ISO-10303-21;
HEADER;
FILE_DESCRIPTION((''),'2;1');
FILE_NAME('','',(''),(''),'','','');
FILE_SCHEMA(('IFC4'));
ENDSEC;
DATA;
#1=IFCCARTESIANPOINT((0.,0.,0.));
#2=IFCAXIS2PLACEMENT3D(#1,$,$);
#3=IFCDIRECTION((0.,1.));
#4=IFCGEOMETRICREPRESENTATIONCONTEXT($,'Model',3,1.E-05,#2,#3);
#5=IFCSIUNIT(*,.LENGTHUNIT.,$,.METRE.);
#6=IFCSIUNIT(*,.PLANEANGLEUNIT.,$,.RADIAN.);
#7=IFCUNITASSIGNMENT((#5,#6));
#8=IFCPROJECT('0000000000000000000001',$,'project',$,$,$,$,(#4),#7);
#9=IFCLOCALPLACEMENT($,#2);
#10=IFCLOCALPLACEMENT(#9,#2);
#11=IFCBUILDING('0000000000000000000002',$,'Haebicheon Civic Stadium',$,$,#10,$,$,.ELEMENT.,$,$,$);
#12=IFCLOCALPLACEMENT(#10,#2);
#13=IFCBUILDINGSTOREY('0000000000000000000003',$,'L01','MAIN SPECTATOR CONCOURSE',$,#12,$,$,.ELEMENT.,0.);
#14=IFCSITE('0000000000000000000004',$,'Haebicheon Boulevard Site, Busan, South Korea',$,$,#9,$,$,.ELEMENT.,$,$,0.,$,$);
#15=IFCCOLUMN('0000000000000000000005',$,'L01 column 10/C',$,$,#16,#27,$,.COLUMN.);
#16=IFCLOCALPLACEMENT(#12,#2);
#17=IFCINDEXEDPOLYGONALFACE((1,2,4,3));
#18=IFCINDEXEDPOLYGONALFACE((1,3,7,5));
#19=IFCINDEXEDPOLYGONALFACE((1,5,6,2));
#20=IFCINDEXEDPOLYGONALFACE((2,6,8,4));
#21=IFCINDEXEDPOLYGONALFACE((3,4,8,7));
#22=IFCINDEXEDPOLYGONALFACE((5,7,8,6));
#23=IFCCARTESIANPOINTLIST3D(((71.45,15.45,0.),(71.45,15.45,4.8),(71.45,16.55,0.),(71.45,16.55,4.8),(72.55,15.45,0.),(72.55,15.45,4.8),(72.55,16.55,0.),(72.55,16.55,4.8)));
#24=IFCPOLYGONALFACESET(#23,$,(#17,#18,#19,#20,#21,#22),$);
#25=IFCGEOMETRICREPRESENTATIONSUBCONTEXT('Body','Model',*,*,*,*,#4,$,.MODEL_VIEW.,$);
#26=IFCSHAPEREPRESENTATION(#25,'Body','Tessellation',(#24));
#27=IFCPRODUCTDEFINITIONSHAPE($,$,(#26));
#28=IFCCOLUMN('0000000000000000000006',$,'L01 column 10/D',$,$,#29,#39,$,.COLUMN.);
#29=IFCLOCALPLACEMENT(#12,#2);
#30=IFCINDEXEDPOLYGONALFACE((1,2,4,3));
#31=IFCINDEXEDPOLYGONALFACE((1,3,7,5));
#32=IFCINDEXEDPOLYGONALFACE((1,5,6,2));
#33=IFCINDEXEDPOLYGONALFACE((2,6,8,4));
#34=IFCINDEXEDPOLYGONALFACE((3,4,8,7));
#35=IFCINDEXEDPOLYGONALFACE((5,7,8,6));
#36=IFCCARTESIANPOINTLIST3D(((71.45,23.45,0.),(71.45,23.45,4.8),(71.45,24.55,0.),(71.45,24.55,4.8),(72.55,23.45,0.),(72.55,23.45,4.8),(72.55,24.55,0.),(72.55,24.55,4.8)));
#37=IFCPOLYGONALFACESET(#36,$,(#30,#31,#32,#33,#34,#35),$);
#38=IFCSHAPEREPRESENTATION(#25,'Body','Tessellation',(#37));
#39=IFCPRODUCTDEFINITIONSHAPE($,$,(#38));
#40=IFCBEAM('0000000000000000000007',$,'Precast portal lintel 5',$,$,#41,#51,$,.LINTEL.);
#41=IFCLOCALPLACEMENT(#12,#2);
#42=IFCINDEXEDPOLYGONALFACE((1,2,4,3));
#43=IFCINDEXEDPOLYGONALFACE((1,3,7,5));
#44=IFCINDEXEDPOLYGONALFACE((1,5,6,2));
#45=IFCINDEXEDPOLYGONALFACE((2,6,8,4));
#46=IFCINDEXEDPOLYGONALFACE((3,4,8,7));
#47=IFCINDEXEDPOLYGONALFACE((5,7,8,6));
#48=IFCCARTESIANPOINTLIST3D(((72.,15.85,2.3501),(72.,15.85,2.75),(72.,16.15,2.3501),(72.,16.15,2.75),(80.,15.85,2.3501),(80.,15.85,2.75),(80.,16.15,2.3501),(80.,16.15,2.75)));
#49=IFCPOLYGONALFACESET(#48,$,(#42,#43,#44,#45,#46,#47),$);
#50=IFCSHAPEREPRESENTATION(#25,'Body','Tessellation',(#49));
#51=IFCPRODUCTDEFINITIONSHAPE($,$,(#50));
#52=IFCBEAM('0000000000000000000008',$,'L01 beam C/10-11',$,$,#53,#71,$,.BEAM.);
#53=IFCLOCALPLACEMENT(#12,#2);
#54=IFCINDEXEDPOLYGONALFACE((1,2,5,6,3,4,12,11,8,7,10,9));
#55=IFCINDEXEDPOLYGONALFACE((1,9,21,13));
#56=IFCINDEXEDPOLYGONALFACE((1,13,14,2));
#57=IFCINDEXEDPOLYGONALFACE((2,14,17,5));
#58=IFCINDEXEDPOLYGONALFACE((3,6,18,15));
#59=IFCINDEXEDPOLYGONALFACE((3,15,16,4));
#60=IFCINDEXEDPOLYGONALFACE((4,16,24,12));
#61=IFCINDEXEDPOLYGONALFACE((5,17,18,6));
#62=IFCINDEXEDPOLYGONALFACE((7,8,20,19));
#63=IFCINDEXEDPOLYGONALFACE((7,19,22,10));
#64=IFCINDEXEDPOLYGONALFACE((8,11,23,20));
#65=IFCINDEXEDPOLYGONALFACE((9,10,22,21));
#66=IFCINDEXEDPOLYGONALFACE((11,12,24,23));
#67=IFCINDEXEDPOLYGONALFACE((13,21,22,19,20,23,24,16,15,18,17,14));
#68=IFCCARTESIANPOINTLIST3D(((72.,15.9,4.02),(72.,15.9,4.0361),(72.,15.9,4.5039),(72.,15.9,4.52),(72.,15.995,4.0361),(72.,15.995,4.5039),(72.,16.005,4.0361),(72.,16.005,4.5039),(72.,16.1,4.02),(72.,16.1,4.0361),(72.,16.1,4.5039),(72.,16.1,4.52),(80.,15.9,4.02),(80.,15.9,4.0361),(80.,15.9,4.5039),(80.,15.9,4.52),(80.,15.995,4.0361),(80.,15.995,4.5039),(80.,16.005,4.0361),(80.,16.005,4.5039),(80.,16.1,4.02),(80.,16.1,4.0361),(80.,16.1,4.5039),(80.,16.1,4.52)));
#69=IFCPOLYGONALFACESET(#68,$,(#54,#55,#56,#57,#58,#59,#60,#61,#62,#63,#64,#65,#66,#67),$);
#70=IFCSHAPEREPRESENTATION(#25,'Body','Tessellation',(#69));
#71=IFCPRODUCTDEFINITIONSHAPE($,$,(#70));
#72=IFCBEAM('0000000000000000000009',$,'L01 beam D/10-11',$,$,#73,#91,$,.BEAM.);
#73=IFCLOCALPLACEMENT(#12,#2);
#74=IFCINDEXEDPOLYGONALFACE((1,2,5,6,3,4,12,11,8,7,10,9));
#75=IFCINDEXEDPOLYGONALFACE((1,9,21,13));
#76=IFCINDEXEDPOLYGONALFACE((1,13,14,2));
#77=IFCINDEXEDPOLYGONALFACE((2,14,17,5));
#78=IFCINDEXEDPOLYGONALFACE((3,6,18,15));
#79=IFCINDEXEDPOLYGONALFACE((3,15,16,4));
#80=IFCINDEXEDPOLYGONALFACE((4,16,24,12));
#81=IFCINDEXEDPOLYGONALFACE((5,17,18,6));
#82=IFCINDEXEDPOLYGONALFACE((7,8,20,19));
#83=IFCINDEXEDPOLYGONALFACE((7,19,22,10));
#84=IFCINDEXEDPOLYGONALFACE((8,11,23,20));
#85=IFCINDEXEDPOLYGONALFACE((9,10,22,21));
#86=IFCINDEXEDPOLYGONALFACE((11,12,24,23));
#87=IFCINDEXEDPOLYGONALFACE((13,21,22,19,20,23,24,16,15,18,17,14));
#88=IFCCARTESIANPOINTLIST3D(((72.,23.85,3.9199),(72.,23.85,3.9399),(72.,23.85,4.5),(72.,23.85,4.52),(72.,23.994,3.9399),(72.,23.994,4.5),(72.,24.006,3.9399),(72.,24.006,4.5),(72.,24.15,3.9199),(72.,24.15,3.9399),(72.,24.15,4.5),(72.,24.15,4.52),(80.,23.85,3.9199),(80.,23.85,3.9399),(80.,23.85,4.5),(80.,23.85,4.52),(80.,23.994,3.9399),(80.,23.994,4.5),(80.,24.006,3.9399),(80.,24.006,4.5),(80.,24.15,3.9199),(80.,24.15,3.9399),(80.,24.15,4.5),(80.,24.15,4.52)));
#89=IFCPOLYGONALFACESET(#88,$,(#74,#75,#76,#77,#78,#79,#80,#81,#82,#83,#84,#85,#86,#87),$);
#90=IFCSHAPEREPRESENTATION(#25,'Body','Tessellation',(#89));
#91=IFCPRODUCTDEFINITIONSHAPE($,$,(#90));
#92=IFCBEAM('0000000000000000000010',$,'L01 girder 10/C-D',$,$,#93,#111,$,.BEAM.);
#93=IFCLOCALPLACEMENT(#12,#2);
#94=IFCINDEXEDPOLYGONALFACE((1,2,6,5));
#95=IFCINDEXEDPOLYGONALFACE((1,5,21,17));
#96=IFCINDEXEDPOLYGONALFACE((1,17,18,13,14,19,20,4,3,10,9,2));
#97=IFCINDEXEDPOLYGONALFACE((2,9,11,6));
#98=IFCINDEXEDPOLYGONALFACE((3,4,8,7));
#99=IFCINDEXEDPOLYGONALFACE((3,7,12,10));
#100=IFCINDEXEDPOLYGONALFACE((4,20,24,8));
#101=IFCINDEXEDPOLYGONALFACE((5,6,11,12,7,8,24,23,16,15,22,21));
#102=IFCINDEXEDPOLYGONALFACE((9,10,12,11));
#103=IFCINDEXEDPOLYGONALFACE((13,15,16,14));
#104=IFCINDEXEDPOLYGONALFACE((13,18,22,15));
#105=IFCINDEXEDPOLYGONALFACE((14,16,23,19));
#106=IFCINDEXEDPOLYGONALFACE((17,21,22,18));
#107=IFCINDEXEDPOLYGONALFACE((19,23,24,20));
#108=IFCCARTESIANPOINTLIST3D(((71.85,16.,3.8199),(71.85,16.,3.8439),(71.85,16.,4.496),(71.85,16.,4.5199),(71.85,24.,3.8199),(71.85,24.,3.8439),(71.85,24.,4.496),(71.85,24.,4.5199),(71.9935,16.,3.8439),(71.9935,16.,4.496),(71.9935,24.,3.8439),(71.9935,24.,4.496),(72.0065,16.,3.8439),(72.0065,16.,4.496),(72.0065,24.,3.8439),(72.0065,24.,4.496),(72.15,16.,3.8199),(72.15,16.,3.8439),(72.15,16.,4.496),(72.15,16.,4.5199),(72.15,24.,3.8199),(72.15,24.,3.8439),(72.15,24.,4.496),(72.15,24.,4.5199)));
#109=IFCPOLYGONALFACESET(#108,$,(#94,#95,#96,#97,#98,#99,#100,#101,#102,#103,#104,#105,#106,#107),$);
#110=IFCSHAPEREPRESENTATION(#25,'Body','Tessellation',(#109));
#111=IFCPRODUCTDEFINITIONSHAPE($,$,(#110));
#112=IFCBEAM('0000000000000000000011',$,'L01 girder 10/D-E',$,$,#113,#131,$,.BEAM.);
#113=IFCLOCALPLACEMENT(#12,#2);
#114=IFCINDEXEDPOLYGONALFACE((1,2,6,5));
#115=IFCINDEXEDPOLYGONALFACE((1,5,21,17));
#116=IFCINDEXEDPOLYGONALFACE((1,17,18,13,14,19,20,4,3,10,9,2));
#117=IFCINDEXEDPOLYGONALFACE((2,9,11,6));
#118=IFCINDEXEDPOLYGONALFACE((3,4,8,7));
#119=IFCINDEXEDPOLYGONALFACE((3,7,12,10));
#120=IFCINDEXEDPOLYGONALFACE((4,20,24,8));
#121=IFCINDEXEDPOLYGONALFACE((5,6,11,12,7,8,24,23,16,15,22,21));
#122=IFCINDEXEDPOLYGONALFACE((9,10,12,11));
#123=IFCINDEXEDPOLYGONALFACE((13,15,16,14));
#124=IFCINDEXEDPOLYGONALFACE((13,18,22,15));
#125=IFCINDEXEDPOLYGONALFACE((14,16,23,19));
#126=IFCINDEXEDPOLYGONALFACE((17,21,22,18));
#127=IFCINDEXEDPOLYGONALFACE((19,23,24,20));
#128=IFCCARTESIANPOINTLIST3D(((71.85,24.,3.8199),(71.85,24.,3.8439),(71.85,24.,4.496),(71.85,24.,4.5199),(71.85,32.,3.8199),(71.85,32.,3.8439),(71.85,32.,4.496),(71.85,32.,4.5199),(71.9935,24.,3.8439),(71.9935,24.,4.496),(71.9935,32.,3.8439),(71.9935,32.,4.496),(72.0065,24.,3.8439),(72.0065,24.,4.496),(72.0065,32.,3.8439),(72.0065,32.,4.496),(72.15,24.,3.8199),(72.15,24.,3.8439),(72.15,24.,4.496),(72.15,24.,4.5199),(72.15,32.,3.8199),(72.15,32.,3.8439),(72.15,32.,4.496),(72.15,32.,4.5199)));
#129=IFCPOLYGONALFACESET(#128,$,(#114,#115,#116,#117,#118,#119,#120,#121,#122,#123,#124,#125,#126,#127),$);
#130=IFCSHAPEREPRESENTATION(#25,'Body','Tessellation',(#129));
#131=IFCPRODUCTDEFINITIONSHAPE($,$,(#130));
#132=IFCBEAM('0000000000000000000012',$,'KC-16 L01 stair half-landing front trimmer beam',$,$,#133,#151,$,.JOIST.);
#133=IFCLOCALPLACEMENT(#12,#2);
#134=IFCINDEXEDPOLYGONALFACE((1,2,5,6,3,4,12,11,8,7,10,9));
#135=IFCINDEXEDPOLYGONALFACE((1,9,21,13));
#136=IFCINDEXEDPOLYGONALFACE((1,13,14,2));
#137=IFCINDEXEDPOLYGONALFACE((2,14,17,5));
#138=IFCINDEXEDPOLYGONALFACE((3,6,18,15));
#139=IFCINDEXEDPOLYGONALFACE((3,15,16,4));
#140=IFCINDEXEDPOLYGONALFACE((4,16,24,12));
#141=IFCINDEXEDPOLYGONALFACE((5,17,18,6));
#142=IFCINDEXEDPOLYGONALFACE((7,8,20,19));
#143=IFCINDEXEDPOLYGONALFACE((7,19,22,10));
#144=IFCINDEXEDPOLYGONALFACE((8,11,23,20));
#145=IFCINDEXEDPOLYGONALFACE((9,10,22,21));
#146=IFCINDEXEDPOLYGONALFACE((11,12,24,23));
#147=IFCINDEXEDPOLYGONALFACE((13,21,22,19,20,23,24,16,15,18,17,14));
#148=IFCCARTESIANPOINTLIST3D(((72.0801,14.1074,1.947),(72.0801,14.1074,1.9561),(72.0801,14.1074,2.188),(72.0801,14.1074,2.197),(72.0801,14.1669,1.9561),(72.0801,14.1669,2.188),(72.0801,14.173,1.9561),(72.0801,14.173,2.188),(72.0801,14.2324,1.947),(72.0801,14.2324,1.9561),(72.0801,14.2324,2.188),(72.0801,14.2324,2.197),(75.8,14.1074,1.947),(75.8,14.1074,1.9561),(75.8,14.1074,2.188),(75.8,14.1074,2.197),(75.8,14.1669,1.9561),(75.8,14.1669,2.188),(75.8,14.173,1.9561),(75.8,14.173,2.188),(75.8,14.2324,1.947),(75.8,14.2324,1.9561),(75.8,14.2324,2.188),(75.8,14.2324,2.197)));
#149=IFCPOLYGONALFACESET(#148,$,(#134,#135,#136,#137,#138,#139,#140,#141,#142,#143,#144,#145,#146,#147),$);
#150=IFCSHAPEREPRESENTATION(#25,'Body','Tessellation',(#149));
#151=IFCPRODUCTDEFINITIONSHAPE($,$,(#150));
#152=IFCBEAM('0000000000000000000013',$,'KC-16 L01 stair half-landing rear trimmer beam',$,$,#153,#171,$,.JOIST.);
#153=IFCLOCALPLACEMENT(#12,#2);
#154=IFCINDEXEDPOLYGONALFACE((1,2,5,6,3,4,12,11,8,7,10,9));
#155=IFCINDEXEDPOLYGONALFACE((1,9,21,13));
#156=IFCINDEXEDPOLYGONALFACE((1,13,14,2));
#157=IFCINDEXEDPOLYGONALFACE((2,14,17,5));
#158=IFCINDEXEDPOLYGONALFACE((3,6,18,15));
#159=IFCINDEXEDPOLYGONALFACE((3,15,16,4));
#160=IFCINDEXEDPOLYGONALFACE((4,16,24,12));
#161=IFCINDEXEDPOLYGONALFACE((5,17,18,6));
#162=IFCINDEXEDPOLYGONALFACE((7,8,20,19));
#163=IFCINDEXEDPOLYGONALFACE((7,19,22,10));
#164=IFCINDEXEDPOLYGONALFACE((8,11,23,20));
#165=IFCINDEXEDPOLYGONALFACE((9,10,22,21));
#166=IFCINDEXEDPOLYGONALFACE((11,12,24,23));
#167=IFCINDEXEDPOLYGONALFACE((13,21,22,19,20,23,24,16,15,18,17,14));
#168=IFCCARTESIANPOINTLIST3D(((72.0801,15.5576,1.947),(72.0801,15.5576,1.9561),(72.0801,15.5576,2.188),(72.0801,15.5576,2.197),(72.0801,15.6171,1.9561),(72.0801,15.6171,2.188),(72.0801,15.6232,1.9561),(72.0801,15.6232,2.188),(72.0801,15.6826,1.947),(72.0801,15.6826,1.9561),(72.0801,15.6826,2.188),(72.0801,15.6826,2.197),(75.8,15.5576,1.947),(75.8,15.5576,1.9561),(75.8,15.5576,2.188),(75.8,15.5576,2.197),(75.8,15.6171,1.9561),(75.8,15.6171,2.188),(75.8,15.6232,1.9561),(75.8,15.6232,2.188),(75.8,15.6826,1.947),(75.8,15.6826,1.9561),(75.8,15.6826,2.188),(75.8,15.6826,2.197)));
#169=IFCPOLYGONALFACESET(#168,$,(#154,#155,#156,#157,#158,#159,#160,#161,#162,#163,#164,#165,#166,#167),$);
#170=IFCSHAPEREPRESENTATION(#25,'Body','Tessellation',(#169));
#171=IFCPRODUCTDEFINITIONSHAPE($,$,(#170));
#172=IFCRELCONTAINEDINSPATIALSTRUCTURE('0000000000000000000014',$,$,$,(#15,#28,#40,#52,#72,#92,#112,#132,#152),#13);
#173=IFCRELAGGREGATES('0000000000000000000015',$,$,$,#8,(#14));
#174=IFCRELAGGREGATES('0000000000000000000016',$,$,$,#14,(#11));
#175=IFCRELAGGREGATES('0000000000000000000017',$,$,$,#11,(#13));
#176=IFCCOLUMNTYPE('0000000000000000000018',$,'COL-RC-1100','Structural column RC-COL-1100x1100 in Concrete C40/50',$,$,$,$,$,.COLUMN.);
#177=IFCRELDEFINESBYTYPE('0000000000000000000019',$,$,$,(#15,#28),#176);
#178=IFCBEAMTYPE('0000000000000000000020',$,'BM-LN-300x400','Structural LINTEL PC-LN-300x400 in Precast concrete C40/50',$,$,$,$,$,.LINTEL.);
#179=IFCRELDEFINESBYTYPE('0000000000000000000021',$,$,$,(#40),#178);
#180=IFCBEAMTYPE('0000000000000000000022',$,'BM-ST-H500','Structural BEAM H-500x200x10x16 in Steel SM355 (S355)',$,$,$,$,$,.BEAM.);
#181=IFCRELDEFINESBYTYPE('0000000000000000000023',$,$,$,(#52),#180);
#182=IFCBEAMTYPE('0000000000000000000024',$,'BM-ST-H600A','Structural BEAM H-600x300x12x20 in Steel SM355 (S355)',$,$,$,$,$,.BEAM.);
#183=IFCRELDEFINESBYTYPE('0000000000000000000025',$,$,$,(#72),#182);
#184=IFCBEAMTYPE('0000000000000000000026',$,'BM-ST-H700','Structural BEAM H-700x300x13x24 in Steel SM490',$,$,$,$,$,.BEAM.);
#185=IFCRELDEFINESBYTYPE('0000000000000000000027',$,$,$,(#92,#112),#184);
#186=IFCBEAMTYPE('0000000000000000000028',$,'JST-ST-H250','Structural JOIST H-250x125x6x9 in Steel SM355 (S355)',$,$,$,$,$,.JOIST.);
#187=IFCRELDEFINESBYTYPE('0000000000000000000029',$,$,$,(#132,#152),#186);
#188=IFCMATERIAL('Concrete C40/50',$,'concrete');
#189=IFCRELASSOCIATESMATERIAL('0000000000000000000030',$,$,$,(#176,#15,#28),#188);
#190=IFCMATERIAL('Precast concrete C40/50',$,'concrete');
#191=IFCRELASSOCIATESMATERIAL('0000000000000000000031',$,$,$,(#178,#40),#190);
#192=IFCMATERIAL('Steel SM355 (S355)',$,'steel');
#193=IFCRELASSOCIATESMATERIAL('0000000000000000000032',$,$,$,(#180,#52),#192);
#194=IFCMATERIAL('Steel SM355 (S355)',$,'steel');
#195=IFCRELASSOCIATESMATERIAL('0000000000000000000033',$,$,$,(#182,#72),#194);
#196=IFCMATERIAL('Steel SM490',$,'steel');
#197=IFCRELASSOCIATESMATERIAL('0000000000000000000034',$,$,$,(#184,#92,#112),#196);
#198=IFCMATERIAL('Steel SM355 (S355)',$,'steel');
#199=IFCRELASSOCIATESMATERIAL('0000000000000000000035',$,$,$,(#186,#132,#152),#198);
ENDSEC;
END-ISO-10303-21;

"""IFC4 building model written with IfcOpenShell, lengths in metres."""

from ifc_helpers import new_model, si_unit, direction, frame, origin, origin_2d, place, context, subcontext, project, spatial, rectangle, i_section, extrude, material, material_profile, profile_set, type_object, element, save


model = new_model("IFC4")

# Units and contexts
model_context = context("Model", 3, precision=1e-05, world=origin(), true_north=direction((0.0, 1.0)))
body_context = subcontext(model_context, "Body", "Model", "MODEL_VIEW")
ifc_project = project(units=[si_unit("LENGTHUNIT", "METRE"), si_unit("PLANEANGLEUNIT", "RADIAN")], contexts=[model_context])

# Site, building, storey
site_placement = place(None, origin())
site = spatial("IfcSite", under=ifc_project, at=site_placement, Name="Haebicheon Boulevard Site, Busan, South Korea", CompositionType="ELEMENT", RefElevation=0.0)
building_placement = place(site_placement, origin())
building = spatial("IfcBuilding", under=site, at=building_placement, Name="Haebicheon Civic Stadium", CompositionType="ELEMENT")
storey_placement = place(building_placement, origin())
storey = spatial("IfcBuildingStorey", under=building, at=storey_placement, Name="L01", Description="MAIN SPECTATOR CONCOURSE", CompositionType="ELEMENT", Elevation=0.0)

# Columns
ifc_material_1 = material(Name="Concrete C40/50", Category="concrete")
ifc_material_profile_1 = material_profile(ifc_material_1, rectangle(XDim=1.1001, YDim=1.1001, at=origin_2d()), Name="RC-COL-1100x1100")
ifc_profile_set_1 = profile_set([ifc_material_profile_1], Name="Concrete C40/50")
column_type = type_object("IfcColumnType", Name="COL-RC-1100", Description="Structural column RC-COL-1100x1100 in Concrete C40/50", PredefinedType="COLUMN", material=ifc_profile_set_1)
for number, where, z_axis, x_axis, name in (
    (1, (72.0, 16.0, 0.0), (0.0, 0.0, 1.0), (1.0, 0.0, 0.0), "L01 column 10/C"),
    (2, (72.0, 24.0, 0.0), (0.0, 0.0, 1.0), (1.0, 0.0, 0.0), "L01 column 10/D"),
):
    element("IfcColumn", number, at=place(storey_placement, frame(where, z_axis=z_axis, x_axis=x_axis)), inside=storey, type_object=column_type, material=ifc_profile_set_1, Name=name, PredefinedType="COLUMN", context=body_context, shape_type="SweptSolid", body=[
        extrude(rectangle(XDim=1.1001, YDim=1.1001, at=origin_2d()), origin(), (0.0, 0.0, 1.0), 4.8),
    ])

# Beams
ifc_material_2 = material(Name="Precast concrete C40/50", Category="concrete")
ifc_material_profile_2 = material_profile(ifc_material_2, rectangle(XDim=0.3, YDim=0.3999, at=origin_2d()), Name="PC-LN-300x400")
ifc_profile_set_2 = profile_set([ifc_material_profile_2], Name="Precast concrete C40/50")
beam_type_1 = type_object("IfcBeamType", Name="BM-LN-300x400", Description="Structural LINTEL PC-LN-300x400 in Precast concrete C40/50", PredefinedType="LINTEL", material=ifc_profile_set_2)
beam_1_placement = place(storey_placement, frame((72.0, 16.0, 2.55), z_axis=(1.0, 0.0, 0.0), x_axis=(0.0, 1.0, 0.0)))
element("IfcBeam", 3, at=beam_1_placement, inside=storey, type_object=beam_type_1, material=ifc_profile_set_2, Name="Precast portal lintel 5", PredefinedType="LINTEL", context=body_context, shape_type="SweptSolid", body=[
    extrude(rectangle(XDim=0.3, YDim=0.3999, at=origin_2d()), origin(), (0.0, 0.0, 1.0), 8.0),
])
ifc_material_3 = material(Name="Steel SM355 (S355)", Category="steel")
ifc_material_profile_3 = material_profile(ifc_material_3, i_section(OverallWidth=0.2, OverallDepth=0.5, WebThickness=0.01, FlangeThickness=0.0161, at=origin_2d()), Name="H-500x200x10x16")
ifc_profile_set_3 = profile_set([ifc_material_profile_3], Name="Steel SM355 (S355)")
beam_type_2 = type_object("IfcBeamType", Name="BM-ST-H500", Description="Structural BEAM H-500x200x10x16 in Steel SM355 (S355)", PredefinedType="BEAM", material=ifc_profile_set_3)
beam_2_placement = place(storey_placement, frame((72.0, 16.0, 4.27), z_axis=(1.0, 0.0, 0.0), x_axis=(0.0, 1.0, 0.0)))
element("IfcBeam", 4, at=beam_2_placement, inside=storey, type_object=beam_type_2, material=ifc_profile_set_3, Name="L01 beam C/10-11", PredefinedType="BEAM", context=body_context, shape_type="SweptSolid", body=[
    extrude(i_section(OverallWidth=0.2, OverallDepth=0.5, WebThickness=0.01, FlangeThickness=0.0161, at=origin_2d()), origin(), (0.0, 0.0, 1.0), 8.0),
])
ifc_material_4 = material(Name="Steel SM355 (S355)", Category="steel")
ifc_material_profile_4 = material_profile(ifc_material_4, i_section(OverallWidth=0.3, OverallDepth=0.6001, WebThickness=0.012, FlangeThickness=0.02, at=origin_2d()), Name="H-600x300x12x20")
ifc_profile_set_4 = profile_set([ifc_material_profile_4], Name="Steel SM355 (S355)")
beam_type_3 = type_object("IfcBeamType", Name="BM-ST-H600A", Description="Structural BEAM H-600x300x12x20 in Steel SM355 (S355)", PredefinedType="BEAM", material=ifc_profile_set_4)
beam_3_placement = place(storey_placement, frame((72.0, 24.0, 4.22), z_axis=(1.0, 0.0, 0.0), x_axis=(0.0, 1.0, 0.0)))
element("IfcBeam", 5, at=beam_3_placement, inside=storey, type_object=beam_type_3, material=ifc_profile_set_4, Name="L01 beam D/10-11", PredefinedType="BEAM", context=body_context, shape_type="SweptSolid", body=[
    extrude(i_section(OverallWidth=0.3, OverallDepth=0.6001, WebThickness=0.012, FlangeThickness=0.02, at=origin_2d()), origin(), (0.0, 0.0, 1.0), 8.0),
])
ifc_material_5 = material(Name="Steel SM490", Category="steel")
ifc_material_profile_5 = material_profile(ifc_material_5, i_section(OverallWidth=0.3, OverallDepth=0.7, WebThickness=0.0129, FlangeThickness=0.0239, at=origin_2d()), Name="H-700x300x13x24")
ifc_profile_set_5 = profile_set([ifc_material_profile_5], Name="Steel SM490")
beam_type_4 = type_object("IfcBeamType", Name="BM-ST-H700", Description="Structural BEAM H-700x300x13x24 in Steel SM490", PredefinedType="BEAM", material=ifc_profile_set_5)
for number, where, z_axis, x_axis, name in (
    (6, (72.0, 16.0, 4.1699), (0.0, 1.0, 0.0), (-1.0, 0.0, 0.0), "L01 girder 10/C-D"),
    (7, (72.0, 24.0, 4.1699), (0.0, 1.0, 0.0), (-1.0, 0.0, 0.0), "L01 girder 10/D-E"),
):
    element("IfcBeam", number, at=place(storey_placement, frame(where, z_axis=z_axis, x_axis=x_axis)), inside=storey, type_object=beam_type_4, material=ifc_profile_set_5, Name=name, PredefinedType="BEAM", context=body_context, shape_type="SweptSolid", body=[
        extrude(i_section(OverallWidth=0.3, OverallDepth=0.7, WebThickness=0.0129, FlangeThickness=0.0239, at=origin_2d()), origin(), (0.0, 0.0, 1.0), 8.0),
    ])
ifc_material_6 = material(Name="Steel SM355 (S355)", Category="steel")
ifc_material_profile_6 = material_profile(ifc_material_6, i_section(OverallWidth=0.125, OverallDepth=0.25, WebThickness=0.0061, FlangeThickness=0.009, at=origin_2d()), Name="H-250x125x6x9")
ifc_profile_set_6 = profile_set([ifc_material_profile_6], Name="Steel SM355 (S355)")
beam_type_5 = type_object("IfcBeamType", Name="JST-ST-H250", Description="Structural JOIST H-250x125x6x9 in Steel SM355 (S355)", PredefinedType="JOIST", material=ifc_profile_set_6)
for number, where, z_axis, x_axis, name in (
    (8, (72.0801, 14.1699, 2.072), (1.0, 0.0, 0.0), (0.0, 1.0, 0.0), "KC-16 L01 stair half-landing front trimmer beam"),
    (9, (72.0801, 15.6201, 2.072), (1.0, 0.0, 0.0), (0.0, 1.0, 0.0), "KC-16 L01 stair half-landing rear trimmer beam"),
):
    element("IfcBeam", number, at=place(storey_placement, frame(where, z_axis=z_axis, x_axis=x_axis)), inside=storey, type_object=beam_type_5, material=ifc_profile_set_6, Name=name, PredefinedType="JOIST", context=body_context, shape_type="SweptSolid", body=[
        extrude(i_section(OverallWidth=0.125, OverallDepth=0.25, WebThickness=0.0061, FlangeThickness=0.009, at=origin_2d()), origin(), (0.0, 0.0, 1.0), 3.72),
    ])

save(model, "model.ifc")
